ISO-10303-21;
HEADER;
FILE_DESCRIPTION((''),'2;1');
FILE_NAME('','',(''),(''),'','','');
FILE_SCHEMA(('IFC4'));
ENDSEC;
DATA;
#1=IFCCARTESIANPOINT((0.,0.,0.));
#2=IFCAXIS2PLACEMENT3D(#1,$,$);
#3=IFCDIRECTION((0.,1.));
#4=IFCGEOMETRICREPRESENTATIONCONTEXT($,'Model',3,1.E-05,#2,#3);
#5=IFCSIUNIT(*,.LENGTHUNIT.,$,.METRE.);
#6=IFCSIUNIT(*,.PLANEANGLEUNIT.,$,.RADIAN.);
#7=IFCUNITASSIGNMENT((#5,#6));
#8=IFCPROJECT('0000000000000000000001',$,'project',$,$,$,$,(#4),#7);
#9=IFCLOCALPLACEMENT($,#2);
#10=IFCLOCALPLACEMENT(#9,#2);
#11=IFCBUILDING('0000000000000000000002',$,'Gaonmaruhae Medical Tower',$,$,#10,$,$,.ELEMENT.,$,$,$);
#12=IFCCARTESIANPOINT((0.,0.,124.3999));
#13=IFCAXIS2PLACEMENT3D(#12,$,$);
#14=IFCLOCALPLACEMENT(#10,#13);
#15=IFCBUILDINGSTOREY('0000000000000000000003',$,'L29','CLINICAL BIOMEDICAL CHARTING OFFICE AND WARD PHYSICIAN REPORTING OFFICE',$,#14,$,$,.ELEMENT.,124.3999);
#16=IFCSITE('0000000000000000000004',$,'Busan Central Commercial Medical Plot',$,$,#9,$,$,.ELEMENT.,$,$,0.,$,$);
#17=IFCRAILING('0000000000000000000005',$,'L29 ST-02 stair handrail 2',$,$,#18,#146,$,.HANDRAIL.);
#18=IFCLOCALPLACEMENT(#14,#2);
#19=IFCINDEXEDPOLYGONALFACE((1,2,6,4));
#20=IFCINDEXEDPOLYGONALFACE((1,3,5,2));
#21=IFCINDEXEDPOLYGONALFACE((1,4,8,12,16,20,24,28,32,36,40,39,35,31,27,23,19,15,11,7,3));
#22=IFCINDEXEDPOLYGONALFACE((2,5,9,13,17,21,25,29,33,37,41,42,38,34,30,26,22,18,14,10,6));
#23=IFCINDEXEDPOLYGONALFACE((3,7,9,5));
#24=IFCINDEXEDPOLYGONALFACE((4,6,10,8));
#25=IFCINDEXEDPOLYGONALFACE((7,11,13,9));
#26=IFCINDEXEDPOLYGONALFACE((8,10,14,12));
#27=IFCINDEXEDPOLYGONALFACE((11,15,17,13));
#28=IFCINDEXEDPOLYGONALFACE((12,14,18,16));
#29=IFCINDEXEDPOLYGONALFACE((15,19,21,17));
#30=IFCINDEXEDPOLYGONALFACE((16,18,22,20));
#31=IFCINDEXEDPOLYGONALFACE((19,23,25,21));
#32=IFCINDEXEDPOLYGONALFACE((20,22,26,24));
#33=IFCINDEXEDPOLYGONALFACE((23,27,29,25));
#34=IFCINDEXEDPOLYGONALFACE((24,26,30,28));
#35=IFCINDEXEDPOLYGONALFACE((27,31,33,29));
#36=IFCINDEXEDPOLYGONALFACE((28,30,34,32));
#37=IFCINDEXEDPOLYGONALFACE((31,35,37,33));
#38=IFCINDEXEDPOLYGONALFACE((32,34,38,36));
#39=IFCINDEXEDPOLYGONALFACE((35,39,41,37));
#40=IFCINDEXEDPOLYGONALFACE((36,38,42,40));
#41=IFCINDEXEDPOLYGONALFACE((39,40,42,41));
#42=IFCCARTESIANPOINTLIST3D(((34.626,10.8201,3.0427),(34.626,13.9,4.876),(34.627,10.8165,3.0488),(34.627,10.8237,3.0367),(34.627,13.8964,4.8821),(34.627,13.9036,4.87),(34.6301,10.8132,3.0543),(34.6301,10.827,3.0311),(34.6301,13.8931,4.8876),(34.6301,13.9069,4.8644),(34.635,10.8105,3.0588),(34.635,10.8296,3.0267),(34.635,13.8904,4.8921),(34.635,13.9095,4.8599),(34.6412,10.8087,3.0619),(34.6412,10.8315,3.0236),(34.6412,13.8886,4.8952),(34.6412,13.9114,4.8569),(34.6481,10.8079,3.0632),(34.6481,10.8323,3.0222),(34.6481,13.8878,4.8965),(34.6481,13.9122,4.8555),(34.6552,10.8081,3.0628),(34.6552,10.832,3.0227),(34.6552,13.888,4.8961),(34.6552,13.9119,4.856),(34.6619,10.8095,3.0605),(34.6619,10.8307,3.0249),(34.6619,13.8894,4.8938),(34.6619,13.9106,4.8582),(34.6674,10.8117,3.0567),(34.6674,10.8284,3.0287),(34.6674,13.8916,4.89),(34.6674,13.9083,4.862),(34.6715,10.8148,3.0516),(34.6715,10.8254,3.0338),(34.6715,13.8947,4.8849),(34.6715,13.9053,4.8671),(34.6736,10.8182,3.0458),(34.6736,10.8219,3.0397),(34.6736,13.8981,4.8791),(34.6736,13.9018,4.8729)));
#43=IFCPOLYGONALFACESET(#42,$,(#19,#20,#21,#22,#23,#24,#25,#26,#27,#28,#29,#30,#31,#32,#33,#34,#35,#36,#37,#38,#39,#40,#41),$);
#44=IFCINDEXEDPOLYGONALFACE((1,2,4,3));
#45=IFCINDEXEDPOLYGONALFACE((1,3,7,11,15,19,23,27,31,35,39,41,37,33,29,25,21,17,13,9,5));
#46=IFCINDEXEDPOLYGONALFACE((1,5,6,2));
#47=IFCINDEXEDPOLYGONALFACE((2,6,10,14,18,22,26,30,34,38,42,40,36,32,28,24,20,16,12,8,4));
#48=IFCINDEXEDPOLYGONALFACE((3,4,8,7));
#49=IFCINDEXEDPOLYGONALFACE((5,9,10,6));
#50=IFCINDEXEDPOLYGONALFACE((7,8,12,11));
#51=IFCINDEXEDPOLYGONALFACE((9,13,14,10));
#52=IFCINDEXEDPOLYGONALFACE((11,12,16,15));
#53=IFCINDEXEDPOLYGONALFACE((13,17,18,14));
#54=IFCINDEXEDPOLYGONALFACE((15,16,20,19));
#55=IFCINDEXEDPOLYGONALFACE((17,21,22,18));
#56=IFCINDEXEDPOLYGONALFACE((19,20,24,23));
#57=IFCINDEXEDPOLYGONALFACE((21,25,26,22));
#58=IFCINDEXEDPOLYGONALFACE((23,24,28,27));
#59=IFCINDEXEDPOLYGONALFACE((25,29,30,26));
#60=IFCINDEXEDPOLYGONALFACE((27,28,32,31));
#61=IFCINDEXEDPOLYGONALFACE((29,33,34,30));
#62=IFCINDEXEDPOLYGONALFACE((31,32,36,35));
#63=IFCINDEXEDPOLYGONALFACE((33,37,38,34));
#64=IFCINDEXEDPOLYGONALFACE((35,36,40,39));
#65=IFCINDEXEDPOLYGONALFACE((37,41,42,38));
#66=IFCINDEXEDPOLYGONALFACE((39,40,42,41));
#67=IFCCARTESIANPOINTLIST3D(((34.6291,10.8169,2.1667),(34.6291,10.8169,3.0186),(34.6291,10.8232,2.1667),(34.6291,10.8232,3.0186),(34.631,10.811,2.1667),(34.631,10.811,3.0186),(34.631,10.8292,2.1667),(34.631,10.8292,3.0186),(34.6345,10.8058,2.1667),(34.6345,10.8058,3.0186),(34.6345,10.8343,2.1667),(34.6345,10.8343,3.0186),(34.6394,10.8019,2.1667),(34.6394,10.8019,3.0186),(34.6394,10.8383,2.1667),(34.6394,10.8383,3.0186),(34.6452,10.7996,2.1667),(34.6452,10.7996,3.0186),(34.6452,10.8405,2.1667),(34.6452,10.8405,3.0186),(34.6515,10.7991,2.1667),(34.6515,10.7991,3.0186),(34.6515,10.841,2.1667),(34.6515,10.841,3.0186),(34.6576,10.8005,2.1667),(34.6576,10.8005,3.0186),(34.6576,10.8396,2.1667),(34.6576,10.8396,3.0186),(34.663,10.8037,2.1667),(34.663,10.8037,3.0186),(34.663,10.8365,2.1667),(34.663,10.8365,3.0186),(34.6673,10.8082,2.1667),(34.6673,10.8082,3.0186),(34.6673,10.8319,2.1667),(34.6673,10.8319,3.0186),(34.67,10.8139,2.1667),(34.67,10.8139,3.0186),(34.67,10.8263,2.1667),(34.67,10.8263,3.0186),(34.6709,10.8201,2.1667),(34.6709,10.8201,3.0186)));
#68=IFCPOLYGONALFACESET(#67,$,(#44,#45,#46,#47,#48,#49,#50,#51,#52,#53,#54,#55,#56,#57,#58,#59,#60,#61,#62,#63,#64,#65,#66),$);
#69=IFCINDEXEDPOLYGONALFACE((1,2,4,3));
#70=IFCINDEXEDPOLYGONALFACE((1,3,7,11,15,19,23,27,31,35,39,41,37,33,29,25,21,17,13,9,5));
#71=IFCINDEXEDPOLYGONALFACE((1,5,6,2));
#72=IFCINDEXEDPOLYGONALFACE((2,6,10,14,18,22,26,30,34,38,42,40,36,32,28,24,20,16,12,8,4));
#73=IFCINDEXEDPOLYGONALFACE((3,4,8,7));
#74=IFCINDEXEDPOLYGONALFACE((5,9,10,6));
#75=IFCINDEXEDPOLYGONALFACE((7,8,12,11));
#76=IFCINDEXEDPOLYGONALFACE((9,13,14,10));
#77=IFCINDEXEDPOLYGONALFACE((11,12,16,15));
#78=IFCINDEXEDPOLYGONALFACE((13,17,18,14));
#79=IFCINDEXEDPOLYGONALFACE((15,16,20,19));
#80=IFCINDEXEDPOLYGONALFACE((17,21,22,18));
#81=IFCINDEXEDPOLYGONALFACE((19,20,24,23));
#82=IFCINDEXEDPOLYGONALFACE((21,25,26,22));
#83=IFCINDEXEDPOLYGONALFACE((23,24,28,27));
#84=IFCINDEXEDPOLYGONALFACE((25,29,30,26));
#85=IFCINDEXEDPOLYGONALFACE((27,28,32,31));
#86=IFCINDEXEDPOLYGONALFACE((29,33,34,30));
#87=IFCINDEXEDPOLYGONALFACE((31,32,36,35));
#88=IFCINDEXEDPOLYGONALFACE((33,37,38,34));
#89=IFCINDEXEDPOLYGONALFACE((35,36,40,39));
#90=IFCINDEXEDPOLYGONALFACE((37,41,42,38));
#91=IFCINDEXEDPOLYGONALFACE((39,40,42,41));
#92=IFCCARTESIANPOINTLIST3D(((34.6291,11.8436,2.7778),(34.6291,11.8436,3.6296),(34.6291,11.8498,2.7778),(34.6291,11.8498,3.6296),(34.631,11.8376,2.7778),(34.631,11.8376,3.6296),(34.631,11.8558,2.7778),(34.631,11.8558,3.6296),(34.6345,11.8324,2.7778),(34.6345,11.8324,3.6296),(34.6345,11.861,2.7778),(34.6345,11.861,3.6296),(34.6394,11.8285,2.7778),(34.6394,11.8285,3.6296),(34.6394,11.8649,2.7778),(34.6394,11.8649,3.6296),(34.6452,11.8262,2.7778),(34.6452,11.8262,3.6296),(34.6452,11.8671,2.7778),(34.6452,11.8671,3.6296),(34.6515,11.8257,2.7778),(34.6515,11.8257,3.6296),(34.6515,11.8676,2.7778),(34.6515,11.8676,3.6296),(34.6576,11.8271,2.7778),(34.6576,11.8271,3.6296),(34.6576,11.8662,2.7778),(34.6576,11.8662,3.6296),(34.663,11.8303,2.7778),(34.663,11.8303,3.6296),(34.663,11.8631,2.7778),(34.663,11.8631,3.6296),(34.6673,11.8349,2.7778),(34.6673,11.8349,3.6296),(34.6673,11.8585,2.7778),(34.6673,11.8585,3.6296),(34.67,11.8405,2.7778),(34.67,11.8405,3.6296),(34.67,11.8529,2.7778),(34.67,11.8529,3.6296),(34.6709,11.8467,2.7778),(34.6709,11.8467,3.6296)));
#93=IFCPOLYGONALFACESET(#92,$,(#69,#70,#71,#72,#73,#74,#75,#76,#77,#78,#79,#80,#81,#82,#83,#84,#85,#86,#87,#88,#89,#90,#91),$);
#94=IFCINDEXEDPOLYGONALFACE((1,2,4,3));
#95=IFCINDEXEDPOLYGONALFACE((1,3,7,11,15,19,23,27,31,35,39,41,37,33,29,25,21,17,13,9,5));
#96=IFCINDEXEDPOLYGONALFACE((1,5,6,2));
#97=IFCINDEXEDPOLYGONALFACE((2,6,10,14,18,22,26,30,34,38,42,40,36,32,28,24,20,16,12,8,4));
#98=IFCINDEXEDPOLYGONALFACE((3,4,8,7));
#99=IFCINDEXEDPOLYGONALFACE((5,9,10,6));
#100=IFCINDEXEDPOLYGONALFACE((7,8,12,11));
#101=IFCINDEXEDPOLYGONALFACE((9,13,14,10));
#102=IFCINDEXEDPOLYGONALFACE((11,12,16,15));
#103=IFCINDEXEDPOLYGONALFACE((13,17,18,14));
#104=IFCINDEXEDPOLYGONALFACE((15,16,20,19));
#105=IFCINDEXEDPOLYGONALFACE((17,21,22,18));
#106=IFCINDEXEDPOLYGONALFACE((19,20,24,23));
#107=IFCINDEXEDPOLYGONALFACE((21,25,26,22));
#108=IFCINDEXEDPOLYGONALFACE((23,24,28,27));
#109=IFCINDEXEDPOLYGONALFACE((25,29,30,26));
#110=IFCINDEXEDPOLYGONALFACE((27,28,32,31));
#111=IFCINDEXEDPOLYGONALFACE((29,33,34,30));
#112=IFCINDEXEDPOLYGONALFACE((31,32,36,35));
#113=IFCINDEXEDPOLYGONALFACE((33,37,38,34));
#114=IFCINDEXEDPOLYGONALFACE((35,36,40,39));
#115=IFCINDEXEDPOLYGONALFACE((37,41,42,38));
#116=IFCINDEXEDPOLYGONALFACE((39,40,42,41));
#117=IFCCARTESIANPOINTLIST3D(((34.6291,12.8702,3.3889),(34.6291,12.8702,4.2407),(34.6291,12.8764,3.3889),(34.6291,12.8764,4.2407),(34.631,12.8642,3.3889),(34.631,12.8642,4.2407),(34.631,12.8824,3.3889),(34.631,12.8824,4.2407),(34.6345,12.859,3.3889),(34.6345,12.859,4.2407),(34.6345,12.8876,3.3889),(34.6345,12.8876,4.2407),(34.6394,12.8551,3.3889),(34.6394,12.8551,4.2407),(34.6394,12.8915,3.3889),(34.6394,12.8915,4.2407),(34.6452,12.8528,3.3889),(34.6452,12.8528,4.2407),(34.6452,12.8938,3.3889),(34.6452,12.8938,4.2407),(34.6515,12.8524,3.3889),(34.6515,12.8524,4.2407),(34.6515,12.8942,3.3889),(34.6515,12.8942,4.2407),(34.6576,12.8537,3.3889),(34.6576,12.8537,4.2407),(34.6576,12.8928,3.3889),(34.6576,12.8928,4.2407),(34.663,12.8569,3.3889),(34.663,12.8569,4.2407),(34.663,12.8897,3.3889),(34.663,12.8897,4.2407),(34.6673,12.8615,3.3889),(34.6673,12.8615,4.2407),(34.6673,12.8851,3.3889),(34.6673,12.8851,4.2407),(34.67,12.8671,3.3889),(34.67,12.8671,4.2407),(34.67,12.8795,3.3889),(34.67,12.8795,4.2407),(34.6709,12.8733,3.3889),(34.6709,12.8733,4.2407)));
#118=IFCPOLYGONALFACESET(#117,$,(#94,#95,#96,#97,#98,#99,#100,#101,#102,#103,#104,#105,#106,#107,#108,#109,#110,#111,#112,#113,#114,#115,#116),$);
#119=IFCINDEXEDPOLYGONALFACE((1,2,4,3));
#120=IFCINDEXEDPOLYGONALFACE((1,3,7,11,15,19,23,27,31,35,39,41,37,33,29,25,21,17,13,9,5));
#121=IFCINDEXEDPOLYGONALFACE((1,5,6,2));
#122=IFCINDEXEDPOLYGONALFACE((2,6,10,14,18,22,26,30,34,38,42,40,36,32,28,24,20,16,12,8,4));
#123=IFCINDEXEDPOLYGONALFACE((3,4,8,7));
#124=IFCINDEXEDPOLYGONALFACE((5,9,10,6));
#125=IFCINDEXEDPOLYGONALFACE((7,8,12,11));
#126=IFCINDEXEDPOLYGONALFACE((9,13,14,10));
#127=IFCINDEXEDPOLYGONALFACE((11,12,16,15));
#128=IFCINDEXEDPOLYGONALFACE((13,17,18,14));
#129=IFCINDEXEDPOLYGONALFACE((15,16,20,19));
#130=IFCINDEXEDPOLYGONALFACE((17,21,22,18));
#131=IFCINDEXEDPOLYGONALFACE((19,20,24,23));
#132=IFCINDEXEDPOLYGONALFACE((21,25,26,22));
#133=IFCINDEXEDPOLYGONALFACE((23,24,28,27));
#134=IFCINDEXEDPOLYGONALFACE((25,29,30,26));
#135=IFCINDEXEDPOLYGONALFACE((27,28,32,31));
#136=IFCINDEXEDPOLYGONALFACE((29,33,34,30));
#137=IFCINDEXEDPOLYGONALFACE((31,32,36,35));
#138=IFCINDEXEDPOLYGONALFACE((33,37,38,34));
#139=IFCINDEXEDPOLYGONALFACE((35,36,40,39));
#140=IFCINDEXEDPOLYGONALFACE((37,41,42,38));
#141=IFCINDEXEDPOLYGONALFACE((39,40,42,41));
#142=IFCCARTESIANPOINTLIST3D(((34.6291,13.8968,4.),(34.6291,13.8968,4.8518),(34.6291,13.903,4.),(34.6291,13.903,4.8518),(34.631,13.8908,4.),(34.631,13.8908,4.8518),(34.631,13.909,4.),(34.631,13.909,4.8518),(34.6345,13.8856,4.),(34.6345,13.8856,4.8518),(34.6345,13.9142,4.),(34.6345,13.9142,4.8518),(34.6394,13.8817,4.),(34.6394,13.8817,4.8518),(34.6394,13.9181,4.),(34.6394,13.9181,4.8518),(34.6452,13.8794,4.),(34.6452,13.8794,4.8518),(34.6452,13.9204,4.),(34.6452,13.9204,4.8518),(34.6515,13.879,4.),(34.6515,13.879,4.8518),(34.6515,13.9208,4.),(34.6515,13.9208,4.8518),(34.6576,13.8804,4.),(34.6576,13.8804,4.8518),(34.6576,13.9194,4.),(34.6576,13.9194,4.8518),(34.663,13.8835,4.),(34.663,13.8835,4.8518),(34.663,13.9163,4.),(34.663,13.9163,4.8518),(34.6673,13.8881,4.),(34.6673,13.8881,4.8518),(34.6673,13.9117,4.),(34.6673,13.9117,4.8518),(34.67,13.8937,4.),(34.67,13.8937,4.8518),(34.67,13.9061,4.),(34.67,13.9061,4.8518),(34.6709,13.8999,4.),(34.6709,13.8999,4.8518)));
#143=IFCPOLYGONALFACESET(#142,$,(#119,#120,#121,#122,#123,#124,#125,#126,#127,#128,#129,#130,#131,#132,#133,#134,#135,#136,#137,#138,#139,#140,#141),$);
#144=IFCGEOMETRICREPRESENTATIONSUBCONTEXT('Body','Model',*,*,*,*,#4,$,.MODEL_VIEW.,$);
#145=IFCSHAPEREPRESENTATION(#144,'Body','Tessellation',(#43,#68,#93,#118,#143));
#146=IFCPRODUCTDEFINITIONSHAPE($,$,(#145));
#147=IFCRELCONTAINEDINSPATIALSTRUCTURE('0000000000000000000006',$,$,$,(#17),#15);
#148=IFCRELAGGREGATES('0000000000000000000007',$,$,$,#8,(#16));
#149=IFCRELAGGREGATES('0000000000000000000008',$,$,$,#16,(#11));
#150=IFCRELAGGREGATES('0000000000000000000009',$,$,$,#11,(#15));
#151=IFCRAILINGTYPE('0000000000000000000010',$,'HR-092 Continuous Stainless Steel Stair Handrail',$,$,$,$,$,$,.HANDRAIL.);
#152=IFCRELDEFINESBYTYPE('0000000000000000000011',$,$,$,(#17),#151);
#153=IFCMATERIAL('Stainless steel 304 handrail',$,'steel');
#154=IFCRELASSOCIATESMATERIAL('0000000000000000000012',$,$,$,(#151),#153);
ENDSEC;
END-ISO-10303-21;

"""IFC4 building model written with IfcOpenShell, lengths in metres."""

from ifc_helpers import new_model, si_unit, direction, frame, origin, origin_2d, place, context, subcontext, project, spatial, circle, extrude, material, type_object, element, save


model = new_model("IFC4")

# Units and contexts
model_context = context("Model", 3, precision=1e-05, world=origin(), true_north=direction((0.0, 1.0)))
body_context = subcontext(model_context, "Body", "Model", "MODEL_VIEW")
ifc_project = project(units=[si_unit("LENGTHUNIT", "METRE"), si_unit("PLANEANGLEUNIT", "RADIAN")], contexts=[model_context])

# Site, building, storey
site_placement = place(None, origin())
site = spatial("IfcSite", under=ifc_project, at=site_placement, Name="Busan Central Commercial Medical Plot", CompositionType="ELEMENT", RefElevation=0.0)
building_placement = place(site_placement, origin())
building = spatial("IfcBuilding", under=site, at=building_placement, Name="Gaonmaruhae Medical Tower", CompositionType="ELEMENT")
storey_placement = place(building_placement, frame((0.0, 0.0, 124.3999)))
storey = spatial("IfcBuildingStorey", under=building, at=storey_placement, Name="L29", Description="CLINICAL BIOMEDICAL CHARTING OFFICE AND WARD PHYSICIAN REPORTING OFFICE", CompositionType="ELEMENT", Elevation=124.3999)

# Railing
ifc_material_1 = material(Name="Stainless steel 304 handrail", Category="steel")
railing_type_1 = type_object("IfcRailingType", Name="HR-092 Continuous Stainless Steel Stair Handrail", PredefinedType="HANDRAIL", material=ifc_material_1)
railing_1_placement = place(storey_placement, frame((34.6499, 10.8201, 2.1667)))
element("IfcRailing", 1, at=railing_1_placement, inside=storey, type_object=railing_type_1, Name="L29 ST-02 stair handrail 2", PredefinedType="HANDRAIL", context=body_context, shape_type="SweptSolid", body=[
    extrude(circle(Radius=0.0239, at=origin_2d()), frame((0.0, 0.0, 0.876), z_axis=(0.0, 0.859291, 0.511487), x_axis=(-1.0, 0.0, 0.0)), (0.0, 0.0, 1.0), 3.5842),
    extrude(circle(Radius=0.021, at=origin_2d()), origin(), (0.0, 0.0, 1.0), 0.8518),
    extrude(circle(Radius=0.021, at=origin_2d()), frame((0.0, 1.0266, 0.6111)), (0.0, 0.0, 1.0), 0.8518),
    extrude(circle(Radius=0.021, at=origin_2d()), frame((0.0, 2.0532, 1.2222)), (0.0, 0.0, 1.0), 0.8518),
    extrude(circle(Radius=0.021, at=origin_2d()), frame((0.0, 3.0798, 1.8333)), (0.0, 0.0, 1.0), 0.8518),
])

save(model, "model.ifc")
